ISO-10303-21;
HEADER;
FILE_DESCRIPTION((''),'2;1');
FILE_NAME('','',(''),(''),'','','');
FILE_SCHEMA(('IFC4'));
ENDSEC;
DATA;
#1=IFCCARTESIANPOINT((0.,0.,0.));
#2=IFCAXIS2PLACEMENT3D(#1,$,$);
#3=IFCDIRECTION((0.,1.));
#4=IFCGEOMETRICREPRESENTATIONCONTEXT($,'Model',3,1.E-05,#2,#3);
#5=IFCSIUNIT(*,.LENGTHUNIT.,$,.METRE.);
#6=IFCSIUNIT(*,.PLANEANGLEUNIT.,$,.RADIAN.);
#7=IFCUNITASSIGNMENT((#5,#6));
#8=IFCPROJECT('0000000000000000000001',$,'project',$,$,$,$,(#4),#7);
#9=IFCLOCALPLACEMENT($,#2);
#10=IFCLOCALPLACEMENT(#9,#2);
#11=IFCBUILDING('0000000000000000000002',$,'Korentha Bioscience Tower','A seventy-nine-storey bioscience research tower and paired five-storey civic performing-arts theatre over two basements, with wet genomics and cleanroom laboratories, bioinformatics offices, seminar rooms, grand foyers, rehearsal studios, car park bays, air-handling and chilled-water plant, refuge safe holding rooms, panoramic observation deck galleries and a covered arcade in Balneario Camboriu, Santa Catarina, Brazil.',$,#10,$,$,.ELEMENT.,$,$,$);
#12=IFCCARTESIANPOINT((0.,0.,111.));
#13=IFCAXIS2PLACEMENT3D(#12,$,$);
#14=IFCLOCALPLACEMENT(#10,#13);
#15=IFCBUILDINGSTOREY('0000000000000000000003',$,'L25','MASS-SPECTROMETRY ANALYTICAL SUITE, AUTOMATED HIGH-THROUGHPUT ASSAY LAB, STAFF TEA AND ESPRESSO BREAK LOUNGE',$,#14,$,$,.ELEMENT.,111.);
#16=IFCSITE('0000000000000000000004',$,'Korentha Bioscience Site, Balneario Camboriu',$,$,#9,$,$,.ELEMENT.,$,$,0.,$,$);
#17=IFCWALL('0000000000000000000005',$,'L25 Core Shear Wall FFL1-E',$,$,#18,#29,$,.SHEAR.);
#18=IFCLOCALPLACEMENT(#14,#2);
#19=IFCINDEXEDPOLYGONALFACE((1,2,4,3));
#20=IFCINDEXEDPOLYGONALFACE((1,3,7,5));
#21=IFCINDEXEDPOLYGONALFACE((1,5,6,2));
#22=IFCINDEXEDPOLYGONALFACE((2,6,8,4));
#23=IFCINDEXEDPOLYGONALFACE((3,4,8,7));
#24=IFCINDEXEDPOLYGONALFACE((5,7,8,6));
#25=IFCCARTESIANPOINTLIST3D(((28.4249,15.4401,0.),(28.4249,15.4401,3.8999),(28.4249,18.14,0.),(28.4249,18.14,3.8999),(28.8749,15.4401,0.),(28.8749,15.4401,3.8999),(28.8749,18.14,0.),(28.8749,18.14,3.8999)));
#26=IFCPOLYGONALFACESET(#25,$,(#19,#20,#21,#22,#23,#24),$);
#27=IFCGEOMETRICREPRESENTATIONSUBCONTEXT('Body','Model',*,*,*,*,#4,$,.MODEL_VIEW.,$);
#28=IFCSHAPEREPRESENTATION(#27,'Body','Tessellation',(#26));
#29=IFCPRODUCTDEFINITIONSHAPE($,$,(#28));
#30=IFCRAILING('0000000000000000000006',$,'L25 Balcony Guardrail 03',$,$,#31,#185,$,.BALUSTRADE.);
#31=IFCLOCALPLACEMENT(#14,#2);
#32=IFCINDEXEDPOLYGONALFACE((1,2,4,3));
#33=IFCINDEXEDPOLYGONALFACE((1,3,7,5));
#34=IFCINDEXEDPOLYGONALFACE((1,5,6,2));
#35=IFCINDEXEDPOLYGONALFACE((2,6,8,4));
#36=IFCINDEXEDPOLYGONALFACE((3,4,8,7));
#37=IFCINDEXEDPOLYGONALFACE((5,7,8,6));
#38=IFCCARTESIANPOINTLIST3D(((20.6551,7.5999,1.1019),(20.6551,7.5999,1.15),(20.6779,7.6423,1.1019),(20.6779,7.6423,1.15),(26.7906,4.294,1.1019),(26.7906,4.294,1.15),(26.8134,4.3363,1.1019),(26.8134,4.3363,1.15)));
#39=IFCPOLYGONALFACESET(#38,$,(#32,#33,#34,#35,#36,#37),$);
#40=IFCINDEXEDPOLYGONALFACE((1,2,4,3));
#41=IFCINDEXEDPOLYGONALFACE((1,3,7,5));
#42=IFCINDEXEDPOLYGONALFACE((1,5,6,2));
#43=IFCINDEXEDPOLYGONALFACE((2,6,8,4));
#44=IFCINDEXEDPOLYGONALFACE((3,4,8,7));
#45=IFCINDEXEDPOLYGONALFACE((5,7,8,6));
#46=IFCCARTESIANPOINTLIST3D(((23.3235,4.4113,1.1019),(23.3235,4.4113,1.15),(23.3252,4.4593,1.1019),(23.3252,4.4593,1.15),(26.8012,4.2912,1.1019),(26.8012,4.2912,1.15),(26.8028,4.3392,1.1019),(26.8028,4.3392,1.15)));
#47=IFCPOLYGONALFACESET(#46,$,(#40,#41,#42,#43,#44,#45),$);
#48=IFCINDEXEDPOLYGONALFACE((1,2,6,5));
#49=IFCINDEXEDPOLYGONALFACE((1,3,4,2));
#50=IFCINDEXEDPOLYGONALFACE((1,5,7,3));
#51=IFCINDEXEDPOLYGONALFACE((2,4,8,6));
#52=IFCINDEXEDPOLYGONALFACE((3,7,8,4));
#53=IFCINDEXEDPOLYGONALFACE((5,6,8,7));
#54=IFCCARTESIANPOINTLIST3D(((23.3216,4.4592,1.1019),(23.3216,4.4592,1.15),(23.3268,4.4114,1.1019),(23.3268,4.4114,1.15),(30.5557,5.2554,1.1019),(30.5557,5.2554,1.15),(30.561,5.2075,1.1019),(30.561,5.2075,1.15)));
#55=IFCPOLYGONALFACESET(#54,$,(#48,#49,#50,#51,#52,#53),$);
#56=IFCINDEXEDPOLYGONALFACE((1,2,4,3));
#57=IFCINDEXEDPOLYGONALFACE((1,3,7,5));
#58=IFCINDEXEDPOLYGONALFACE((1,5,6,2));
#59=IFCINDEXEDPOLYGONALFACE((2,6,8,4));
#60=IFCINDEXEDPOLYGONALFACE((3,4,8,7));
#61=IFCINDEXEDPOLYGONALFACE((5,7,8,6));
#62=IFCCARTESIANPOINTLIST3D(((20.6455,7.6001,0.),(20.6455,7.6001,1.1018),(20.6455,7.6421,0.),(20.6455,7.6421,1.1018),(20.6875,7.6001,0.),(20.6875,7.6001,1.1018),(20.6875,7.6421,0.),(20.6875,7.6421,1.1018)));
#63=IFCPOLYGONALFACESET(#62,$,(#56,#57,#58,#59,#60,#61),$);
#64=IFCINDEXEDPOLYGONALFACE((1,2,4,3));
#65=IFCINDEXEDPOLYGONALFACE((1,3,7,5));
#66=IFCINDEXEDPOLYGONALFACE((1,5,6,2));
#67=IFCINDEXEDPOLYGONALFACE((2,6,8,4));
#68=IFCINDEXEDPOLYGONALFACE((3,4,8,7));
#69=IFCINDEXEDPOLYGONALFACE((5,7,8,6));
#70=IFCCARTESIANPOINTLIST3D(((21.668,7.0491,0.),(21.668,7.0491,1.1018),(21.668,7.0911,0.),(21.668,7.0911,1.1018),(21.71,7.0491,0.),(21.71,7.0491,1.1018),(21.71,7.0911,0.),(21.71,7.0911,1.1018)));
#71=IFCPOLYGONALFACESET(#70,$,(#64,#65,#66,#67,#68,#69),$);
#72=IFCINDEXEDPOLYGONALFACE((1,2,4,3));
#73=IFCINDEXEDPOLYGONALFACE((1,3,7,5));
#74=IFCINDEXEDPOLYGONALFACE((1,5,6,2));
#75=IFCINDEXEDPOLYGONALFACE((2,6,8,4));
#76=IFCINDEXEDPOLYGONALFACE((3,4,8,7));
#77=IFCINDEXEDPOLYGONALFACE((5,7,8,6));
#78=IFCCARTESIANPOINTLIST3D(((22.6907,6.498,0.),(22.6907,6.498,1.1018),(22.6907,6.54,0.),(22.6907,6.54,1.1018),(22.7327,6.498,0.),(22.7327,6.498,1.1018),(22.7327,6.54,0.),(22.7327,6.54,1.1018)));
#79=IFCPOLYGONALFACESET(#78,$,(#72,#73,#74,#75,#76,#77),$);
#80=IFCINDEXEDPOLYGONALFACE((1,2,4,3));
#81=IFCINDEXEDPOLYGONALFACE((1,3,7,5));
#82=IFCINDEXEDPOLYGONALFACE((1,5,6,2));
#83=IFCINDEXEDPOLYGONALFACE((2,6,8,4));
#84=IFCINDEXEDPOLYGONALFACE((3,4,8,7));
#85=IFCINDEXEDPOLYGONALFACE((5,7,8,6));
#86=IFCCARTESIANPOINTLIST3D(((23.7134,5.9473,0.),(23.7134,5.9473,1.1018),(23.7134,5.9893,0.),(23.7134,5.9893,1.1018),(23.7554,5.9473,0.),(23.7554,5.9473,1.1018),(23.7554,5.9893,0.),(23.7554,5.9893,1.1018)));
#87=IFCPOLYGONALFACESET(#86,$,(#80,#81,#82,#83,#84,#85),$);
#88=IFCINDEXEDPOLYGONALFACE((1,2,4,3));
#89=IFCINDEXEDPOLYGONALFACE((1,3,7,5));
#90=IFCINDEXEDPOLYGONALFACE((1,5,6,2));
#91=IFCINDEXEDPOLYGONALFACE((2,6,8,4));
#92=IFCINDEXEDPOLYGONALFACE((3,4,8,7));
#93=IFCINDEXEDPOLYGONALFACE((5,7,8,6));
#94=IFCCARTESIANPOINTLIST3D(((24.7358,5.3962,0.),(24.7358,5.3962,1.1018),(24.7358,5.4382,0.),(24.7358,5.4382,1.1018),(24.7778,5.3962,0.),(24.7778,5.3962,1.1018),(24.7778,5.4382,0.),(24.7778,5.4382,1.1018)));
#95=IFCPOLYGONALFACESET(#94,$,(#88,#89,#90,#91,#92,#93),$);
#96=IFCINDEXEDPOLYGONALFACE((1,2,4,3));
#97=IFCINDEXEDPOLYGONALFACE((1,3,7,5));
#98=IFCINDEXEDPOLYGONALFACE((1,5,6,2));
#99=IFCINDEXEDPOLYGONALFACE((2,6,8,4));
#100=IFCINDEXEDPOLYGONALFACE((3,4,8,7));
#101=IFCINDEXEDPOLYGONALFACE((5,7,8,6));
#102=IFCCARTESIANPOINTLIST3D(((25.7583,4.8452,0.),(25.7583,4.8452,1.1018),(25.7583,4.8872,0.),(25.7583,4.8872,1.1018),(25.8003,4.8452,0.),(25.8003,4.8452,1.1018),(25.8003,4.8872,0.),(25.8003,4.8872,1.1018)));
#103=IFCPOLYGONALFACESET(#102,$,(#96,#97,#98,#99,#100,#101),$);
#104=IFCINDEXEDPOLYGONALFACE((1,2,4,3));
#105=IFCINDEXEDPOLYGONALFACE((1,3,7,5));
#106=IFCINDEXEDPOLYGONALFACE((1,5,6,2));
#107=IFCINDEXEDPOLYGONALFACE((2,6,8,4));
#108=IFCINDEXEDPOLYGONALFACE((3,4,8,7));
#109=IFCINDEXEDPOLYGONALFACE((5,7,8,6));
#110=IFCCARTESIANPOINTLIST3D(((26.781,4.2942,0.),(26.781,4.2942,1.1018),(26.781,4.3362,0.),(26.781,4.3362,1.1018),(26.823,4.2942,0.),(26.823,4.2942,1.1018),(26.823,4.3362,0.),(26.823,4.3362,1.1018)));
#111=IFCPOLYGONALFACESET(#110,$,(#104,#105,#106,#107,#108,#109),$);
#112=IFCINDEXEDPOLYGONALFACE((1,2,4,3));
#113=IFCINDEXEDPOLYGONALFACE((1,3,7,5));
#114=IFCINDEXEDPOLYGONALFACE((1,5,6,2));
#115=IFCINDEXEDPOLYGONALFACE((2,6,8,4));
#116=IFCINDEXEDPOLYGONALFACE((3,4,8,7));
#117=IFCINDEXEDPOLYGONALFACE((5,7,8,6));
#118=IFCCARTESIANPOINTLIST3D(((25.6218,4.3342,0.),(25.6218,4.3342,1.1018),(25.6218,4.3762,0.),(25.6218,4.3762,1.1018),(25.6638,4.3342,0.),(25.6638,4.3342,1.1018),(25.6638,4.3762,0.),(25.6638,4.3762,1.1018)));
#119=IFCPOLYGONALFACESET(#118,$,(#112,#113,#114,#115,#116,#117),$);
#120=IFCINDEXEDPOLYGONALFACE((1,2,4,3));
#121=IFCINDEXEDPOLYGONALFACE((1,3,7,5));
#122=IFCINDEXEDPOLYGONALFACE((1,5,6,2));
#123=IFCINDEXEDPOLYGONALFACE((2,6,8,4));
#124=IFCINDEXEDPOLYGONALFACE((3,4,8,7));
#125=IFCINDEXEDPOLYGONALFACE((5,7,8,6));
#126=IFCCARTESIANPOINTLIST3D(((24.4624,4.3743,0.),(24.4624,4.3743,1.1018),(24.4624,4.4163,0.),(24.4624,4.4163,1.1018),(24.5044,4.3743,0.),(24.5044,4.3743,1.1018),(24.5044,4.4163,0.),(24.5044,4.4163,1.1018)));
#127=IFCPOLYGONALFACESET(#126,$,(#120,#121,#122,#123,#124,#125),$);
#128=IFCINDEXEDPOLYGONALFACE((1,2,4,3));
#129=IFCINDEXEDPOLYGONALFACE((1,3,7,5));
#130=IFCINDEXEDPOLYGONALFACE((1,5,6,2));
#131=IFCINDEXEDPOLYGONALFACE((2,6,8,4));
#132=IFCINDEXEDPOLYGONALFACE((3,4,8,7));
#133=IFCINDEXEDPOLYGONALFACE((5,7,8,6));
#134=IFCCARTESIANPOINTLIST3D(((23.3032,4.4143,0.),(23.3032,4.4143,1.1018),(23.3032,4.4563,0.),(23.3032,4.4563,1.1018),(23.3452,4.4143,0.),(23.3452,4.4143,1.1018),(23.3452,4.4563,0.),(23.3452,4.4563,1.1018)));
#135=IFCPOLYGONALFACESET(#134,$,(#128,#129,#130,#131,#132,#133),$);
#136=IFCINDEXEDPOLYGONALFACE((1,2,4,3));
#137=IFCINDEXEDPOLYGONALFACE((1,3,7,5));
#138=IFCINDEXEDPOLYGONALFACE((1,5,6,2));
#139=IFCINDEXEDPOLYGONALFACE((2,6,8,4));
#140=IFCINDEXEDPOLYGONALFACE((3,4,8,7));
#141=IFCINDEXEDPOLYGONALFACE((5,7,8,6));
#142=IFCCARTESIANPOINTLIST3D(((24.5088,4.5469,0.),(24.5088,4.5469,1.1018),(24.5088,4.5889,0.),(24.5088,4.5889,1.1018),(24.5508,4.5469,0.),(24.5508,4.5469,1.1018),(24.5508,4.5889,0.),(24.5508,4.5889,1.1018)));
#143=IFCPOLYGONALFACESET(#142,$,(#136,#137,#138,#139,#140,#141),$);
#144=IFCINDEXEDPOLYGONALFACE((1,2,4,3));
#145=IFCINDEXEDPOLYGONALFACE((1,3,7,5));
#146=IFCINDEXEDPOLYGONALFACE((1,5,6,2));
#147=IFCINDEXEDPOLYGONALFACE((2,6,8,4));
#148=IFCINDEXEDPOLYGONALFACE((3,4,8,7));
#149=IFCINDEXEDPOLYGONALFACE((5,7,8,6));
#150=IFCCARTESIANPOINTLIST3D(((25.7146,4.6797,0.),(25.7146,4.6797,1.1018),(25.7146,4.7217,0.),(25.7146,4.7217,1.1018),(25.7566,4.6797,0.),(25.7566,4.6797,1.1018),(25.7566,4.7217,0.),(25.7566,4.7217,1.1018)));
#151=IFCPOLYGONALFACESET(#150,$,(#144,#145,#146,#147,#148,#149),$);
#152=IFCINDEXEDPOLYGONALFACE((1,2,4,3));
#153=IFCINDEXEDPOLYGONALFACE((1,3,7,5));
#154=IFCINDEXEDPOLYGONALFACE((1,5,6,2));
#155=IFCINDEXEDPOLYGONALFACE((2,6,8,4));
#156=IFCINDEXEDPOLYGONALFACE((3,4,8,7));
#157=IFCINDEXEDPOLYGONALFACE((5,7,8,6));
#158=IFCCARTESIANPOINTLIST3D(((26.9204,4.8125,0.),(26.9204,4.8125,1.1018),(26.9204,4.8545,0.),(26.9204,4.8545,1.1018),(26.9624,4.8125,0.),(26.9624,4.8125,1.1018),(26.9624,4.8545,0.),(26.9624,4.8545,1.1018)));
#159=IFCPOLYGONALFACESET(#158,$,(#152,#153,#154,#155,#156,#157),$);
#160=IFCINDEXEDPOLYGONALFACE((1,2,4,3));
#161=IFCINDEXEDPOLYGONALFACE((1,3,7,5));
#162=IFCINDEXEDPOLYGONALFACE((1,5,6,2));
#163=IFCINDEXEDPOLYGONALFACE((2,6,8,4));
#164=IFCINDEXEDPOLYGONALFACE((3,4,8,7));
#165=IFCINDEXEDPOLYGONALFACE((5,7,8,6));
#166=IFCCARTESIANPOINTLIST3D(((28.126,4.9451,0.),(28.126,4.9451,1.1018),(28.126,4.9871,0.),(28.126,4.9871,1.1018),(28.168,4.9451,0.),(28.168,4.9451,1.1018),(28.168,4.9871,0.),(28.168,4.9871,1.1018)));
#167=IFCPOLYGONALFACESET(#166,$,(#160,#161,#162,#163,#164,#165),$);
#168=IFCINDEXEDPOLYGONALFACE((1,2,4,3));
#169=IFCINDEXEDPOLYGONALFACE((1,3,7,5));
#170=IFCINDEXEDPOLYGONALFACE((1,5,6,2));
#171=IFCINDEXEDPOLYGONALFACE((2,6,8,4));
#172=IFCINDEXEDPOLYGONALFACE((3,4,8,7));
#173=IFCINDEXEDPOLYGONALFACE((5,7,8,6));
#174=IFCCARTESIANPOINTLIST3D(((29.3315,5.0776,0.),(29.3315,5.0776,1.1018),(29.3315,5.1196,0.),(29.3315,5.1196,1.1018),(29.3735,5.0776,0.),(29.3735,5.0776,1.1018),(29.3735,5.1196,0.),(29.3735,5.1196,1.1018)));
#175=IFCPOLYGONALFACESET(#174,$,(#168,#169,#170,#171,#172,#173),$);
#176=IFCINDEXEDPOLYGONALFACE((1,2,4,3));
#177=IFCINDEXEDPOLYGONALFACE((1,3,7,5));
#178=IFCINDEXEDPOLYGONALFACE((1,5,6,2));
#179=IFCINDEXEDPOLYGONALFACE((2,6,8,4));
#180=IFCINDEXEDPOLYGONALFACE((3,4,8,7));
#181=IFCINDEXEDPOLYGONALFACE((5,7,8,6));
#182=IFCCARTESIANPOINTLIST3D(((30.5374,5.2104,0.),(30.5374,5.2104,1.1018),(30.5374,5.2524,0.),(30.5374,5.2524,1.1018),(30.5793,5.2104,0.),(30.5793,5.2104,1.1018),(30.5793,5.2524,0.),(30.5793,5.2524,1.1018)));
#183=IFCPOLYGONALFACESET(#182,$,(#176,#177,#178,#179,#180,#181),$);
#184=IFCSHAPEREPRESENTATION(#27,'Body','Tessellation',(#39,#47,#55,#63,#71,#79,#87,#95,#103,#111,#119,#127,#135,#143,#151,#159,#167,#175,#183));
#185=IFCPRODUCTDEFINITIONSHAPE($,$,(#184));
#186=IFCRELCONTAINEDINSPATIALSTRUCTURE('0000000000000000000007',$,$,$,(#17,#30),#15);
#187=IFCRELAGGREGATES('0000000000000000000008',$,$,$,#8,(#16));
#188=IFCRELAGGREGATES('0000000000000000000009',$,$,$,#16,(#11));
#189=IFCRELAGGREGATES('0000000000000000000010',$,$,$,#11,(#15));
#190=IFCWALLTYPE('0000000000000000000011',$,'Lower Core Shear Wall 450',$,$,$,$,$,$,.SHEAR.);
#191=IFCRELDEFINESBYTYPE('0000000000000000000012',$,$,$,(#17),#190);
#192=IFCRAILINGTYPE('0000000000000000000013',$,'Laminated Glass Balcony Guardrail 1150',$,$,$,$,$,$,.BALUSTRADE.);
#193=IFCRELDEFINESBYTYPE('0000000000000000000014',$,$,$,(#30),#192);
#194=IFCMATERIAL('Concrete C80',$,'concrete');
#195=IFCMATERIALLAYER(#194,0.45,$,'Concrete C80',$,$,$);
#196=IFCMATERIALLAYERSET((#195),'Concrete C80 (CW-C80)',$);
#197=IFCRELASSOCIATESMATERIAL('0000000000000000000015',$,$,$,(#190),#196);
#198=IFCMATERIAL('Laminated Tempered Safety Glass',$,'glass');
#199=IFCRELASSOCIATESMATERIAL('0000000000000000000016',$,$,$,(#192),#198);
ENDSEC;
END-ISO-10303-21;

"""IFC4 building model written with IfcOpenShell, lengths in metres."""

from ifc_helpers import new_model, si_unit, direction, frame, frame_2d, origin, origin_2d, place, context, subcontext, project, spatial, rectangle, extrude, material, layer, layer_set, type_object, element, save


model = new_model("IFC4")

# Units and contexts
model_context = context("Model", 3, precision=1e-05, world=origin(), true_north=direction((0.0, 1.0)))
body_context = subcontext(model_context, "Body", "Model", "MODEL_VIEW")
ifc_project = project(units=[si_unit("LENGTHUNIT", "METRE"), si_unit("PLANEANGLEUNIT", "RADIAN")], contexts=[model_context])

# Site, building, storey
site_placement = place(None, origin())
site = spatial("IfcSite", under=ifc_project, at=site_placement, Name="Korentha Bioscience Site, Balneario Camboriu", CompositionType="ELEMENT", RefElevation=0.0)
building_placement = place(site_placement, origin())
building = spatial("IfcBuilding", under=site, at=building_placement, Name="Korentha Bioscience Tower", Description="A seventy-nine-storey bioscience research tower and paired five-storey civic performing-arts theatre over two basements, with wet genomics and cleanroom laboratories, bioinformatics offices, seminar rooms, grand foyers, rehearsal studios, car park bays, air-handling and chilled-water plant, refuge safe holding rooms, panoramic observation deck galleries and a covered arcade in Balneario Camboriu, Santa Catarina, Brazil.", CompositionType="ELEMENT")
storey_placement = place(building_placement, frame((0.0, 0.0, 111.0)))
storey = spatial("IfcBuildingStorey", under=building, at=storey_placement, Name="L25", Description="MASS-SPECTROMETRY ANALYTICAL SUITE, AUTOMATED HIGH-THROUGHPUT ASSAY LAB, STAFF TEA AND ESPRESSO BREAK LOUNGE", CompositionType="ELEMENT", Elevation=111.0)

# Shared definitions
ifc_material_1 = material(Name="Concrete C80", Category="concrete")

# Wall
ifc_layer_1 = layer(ifc_material_1, 0.45, Name="Concrete C80")
ifc_layer_set_1 = layer_set([ifc_layer_1], Name="Concrete C80 (CW-C80)")
wall_type_1 = type_object("IfcWallType", Name="Lower Core Shear Wall 450", PredefinedType="SHEAR", material=ifc_layer_set_1)
for number, where, z_axis, x_axis, name in (
    (1, (28.6499, 15.4399, 0.0), (0.0, 0.0, 1.0), (0.0, 1.0, 0.0), "L25 Core Shear Wall FFL1-E"),
):
    element("IfcWall", number, at=place(storey_placement, frame(where, z_axis=z_axis, x_axis=x_axis)), inside=storey, type_object=wall_type_1, Name=name, PredefinedType="SHEAR", context=body_context, shape_type="SweptSolid", body=[
        extrude(rectangle(XDim=2.7, YDim=0.45, at=frame_2d((1.3501, 0.0))), origin(), (0.0, 0.0, 1.0), 3.8999),
    ])

# Railing
ifc_material_2 = material(Name="Laminated Tempered Safety Glass", Category="glass")
railing_type = type_object("IfcRailingType", Name="Laminated Glass Balcony Guardrail 1150", PredefinedType="BALUSTRADE", material=ifc_material_2)
railing_placement = place(storey_placement, frame((20.6665, 7.6211, 0.0)))
element("IfcRailing", 2, at=railing_placement, inside=storey, type_object=railing_type, Name="L25 Balcony Guardrail 03", PredefinedType="BALUSTRADE", context=body_context, shape_type="SweptSolid", body=[
    extrude(rectangle(XDim=0.0481, YDim=0.0481, at=origin_2d()), frame((0.0, 0.0, 1.126), z_axis=(0.880341, -0.474342, 0.0), x_axis=(0.474342, 0.880341, 0.0)), (0.0, 0.0, 1.0), 6.9695),
    extrude(rectangle(XDim=0.0481, YDim=0.0481, at=origin_2d()), frame((6.1355, -3.3059, 1.126), z_axis=(-0.999404, 0.034518, 0.0), x_axis=(-0.034518, -0.999404, 0.0)), (0.0, 0.0, 1.0), 3.4797),
    extrude(rectangle(XDim=0.0481, YDim=0.0481, at=origin_2d()), frame((2.6577, -3.1858, 1.126), z_axis=(0.993999, 0.109393, 0.0), x_axis=(-0.109393, 0.993999, 0.0)), (0.0, 0.0, 1.0), 7.2778),
    extrude(rectangle(XDim=0.042, YDim=0.042, at=origin_2d()), origin(), (0.0, 0.0, 1.0), 1.1018),
    extrude(rectangle(XDim=0.042, YDim=0.042, at=origin_2d()), frame((1.0225, -0.551, 0.0)), (0.0, 0.0, 1.0), 1.1018),
    extrude(rectangle(XDim=0.042, YDim=0.042, at=origin_2d()), frame((2.0452, -1.1021, 0.0)), (0.0, 0.0, 1.0), 1.1018),
    extrude(rectangle(XDim=0.042, YDim=0.042, at=origin_2d()), frame((3.0679, -1.6528, 0.0)), (0.0, 0.0, 1.0), 1.1018),
    extrude(rectangle(XDim=0.042, YDim=0.042, at=origin_2d()), frame((4.0903, -2.2039, 0.0)), (0.0, 0.0, 1.0), 1.1018),
    extrude(rectangle(XDim=0.042, YDim=0.042, at=origin_2d()), frame((5.1128, -2.7549, 0.0)), (0.0, 0.0, 1.0), 1.1018),
    extrude(rectangle(XDim=0.042, YDim=0.042, at=origin_2d()), frame((6.1355, -3.3059, 0.0)), (0.0, 0.0, 1.0), 1.1018),
    extrude(rectangle(XDim=0.042, YDim=0.042, at=origin_2d()), frame((4.9763, -3.2659, 0.0)), (0.0, 0.0, 1.0), 1.1018),
    extrude(rectangle(XDim=0.042, YDim=0.042, at=origin_2d()), frame((3.8169, -3.2258, 0.0)), (0.0, 0.0, 1.0), 1.1018),
    extrude(rectangle(XDim=0.042, YDim=0.042, at=origin_2d()), frame((2.6577, -3.1858, 0.0)), (0.0, 0.0, 1.0), 1.1018),
    extrude(rectangle(XDim=0.042, YDim=0.042, at=origin_2d()), frame((3.8633, -3.0532, 0.0)), (0.0, 0.0, 1.0), 1.1018),
    extrude(rectangle(XDim=0.042, YDim=0.042, at=origin_2d()), frame((5.0691, -2.9204, 0.0)), (0.0, 0.0, 1.0), 1.1018),
    extrude(rectangle(XDim=0.042, YDim=0.042, at=origin_2d()), frame((6.2749, -2.7876, 0.0)), (0.0, 0.0, 1.0), 1.1018),
    extrude(rectangle(XDim=0.042, YDim=0.042, at=origin_2d()), frame((7.4805, -2.655, 0.0)), (0.0, 0.0, 1.0), 1.1018),
    extrude(rectangle(XDim=0.042, YDim=0.042, at=origin_2d()), frame((8.686, -2.5225, 0.0)), (0.0, 0.0, 1.0), 1.1018),
    extrude(rectangle(XDim=0.042, YDim=0.042, at=origin_2d()), frame((9.8918, -2.3896, 0.0)), (0.0, 0.0, 1.0), 1.1018),
])

save(model, "model.ifc")
